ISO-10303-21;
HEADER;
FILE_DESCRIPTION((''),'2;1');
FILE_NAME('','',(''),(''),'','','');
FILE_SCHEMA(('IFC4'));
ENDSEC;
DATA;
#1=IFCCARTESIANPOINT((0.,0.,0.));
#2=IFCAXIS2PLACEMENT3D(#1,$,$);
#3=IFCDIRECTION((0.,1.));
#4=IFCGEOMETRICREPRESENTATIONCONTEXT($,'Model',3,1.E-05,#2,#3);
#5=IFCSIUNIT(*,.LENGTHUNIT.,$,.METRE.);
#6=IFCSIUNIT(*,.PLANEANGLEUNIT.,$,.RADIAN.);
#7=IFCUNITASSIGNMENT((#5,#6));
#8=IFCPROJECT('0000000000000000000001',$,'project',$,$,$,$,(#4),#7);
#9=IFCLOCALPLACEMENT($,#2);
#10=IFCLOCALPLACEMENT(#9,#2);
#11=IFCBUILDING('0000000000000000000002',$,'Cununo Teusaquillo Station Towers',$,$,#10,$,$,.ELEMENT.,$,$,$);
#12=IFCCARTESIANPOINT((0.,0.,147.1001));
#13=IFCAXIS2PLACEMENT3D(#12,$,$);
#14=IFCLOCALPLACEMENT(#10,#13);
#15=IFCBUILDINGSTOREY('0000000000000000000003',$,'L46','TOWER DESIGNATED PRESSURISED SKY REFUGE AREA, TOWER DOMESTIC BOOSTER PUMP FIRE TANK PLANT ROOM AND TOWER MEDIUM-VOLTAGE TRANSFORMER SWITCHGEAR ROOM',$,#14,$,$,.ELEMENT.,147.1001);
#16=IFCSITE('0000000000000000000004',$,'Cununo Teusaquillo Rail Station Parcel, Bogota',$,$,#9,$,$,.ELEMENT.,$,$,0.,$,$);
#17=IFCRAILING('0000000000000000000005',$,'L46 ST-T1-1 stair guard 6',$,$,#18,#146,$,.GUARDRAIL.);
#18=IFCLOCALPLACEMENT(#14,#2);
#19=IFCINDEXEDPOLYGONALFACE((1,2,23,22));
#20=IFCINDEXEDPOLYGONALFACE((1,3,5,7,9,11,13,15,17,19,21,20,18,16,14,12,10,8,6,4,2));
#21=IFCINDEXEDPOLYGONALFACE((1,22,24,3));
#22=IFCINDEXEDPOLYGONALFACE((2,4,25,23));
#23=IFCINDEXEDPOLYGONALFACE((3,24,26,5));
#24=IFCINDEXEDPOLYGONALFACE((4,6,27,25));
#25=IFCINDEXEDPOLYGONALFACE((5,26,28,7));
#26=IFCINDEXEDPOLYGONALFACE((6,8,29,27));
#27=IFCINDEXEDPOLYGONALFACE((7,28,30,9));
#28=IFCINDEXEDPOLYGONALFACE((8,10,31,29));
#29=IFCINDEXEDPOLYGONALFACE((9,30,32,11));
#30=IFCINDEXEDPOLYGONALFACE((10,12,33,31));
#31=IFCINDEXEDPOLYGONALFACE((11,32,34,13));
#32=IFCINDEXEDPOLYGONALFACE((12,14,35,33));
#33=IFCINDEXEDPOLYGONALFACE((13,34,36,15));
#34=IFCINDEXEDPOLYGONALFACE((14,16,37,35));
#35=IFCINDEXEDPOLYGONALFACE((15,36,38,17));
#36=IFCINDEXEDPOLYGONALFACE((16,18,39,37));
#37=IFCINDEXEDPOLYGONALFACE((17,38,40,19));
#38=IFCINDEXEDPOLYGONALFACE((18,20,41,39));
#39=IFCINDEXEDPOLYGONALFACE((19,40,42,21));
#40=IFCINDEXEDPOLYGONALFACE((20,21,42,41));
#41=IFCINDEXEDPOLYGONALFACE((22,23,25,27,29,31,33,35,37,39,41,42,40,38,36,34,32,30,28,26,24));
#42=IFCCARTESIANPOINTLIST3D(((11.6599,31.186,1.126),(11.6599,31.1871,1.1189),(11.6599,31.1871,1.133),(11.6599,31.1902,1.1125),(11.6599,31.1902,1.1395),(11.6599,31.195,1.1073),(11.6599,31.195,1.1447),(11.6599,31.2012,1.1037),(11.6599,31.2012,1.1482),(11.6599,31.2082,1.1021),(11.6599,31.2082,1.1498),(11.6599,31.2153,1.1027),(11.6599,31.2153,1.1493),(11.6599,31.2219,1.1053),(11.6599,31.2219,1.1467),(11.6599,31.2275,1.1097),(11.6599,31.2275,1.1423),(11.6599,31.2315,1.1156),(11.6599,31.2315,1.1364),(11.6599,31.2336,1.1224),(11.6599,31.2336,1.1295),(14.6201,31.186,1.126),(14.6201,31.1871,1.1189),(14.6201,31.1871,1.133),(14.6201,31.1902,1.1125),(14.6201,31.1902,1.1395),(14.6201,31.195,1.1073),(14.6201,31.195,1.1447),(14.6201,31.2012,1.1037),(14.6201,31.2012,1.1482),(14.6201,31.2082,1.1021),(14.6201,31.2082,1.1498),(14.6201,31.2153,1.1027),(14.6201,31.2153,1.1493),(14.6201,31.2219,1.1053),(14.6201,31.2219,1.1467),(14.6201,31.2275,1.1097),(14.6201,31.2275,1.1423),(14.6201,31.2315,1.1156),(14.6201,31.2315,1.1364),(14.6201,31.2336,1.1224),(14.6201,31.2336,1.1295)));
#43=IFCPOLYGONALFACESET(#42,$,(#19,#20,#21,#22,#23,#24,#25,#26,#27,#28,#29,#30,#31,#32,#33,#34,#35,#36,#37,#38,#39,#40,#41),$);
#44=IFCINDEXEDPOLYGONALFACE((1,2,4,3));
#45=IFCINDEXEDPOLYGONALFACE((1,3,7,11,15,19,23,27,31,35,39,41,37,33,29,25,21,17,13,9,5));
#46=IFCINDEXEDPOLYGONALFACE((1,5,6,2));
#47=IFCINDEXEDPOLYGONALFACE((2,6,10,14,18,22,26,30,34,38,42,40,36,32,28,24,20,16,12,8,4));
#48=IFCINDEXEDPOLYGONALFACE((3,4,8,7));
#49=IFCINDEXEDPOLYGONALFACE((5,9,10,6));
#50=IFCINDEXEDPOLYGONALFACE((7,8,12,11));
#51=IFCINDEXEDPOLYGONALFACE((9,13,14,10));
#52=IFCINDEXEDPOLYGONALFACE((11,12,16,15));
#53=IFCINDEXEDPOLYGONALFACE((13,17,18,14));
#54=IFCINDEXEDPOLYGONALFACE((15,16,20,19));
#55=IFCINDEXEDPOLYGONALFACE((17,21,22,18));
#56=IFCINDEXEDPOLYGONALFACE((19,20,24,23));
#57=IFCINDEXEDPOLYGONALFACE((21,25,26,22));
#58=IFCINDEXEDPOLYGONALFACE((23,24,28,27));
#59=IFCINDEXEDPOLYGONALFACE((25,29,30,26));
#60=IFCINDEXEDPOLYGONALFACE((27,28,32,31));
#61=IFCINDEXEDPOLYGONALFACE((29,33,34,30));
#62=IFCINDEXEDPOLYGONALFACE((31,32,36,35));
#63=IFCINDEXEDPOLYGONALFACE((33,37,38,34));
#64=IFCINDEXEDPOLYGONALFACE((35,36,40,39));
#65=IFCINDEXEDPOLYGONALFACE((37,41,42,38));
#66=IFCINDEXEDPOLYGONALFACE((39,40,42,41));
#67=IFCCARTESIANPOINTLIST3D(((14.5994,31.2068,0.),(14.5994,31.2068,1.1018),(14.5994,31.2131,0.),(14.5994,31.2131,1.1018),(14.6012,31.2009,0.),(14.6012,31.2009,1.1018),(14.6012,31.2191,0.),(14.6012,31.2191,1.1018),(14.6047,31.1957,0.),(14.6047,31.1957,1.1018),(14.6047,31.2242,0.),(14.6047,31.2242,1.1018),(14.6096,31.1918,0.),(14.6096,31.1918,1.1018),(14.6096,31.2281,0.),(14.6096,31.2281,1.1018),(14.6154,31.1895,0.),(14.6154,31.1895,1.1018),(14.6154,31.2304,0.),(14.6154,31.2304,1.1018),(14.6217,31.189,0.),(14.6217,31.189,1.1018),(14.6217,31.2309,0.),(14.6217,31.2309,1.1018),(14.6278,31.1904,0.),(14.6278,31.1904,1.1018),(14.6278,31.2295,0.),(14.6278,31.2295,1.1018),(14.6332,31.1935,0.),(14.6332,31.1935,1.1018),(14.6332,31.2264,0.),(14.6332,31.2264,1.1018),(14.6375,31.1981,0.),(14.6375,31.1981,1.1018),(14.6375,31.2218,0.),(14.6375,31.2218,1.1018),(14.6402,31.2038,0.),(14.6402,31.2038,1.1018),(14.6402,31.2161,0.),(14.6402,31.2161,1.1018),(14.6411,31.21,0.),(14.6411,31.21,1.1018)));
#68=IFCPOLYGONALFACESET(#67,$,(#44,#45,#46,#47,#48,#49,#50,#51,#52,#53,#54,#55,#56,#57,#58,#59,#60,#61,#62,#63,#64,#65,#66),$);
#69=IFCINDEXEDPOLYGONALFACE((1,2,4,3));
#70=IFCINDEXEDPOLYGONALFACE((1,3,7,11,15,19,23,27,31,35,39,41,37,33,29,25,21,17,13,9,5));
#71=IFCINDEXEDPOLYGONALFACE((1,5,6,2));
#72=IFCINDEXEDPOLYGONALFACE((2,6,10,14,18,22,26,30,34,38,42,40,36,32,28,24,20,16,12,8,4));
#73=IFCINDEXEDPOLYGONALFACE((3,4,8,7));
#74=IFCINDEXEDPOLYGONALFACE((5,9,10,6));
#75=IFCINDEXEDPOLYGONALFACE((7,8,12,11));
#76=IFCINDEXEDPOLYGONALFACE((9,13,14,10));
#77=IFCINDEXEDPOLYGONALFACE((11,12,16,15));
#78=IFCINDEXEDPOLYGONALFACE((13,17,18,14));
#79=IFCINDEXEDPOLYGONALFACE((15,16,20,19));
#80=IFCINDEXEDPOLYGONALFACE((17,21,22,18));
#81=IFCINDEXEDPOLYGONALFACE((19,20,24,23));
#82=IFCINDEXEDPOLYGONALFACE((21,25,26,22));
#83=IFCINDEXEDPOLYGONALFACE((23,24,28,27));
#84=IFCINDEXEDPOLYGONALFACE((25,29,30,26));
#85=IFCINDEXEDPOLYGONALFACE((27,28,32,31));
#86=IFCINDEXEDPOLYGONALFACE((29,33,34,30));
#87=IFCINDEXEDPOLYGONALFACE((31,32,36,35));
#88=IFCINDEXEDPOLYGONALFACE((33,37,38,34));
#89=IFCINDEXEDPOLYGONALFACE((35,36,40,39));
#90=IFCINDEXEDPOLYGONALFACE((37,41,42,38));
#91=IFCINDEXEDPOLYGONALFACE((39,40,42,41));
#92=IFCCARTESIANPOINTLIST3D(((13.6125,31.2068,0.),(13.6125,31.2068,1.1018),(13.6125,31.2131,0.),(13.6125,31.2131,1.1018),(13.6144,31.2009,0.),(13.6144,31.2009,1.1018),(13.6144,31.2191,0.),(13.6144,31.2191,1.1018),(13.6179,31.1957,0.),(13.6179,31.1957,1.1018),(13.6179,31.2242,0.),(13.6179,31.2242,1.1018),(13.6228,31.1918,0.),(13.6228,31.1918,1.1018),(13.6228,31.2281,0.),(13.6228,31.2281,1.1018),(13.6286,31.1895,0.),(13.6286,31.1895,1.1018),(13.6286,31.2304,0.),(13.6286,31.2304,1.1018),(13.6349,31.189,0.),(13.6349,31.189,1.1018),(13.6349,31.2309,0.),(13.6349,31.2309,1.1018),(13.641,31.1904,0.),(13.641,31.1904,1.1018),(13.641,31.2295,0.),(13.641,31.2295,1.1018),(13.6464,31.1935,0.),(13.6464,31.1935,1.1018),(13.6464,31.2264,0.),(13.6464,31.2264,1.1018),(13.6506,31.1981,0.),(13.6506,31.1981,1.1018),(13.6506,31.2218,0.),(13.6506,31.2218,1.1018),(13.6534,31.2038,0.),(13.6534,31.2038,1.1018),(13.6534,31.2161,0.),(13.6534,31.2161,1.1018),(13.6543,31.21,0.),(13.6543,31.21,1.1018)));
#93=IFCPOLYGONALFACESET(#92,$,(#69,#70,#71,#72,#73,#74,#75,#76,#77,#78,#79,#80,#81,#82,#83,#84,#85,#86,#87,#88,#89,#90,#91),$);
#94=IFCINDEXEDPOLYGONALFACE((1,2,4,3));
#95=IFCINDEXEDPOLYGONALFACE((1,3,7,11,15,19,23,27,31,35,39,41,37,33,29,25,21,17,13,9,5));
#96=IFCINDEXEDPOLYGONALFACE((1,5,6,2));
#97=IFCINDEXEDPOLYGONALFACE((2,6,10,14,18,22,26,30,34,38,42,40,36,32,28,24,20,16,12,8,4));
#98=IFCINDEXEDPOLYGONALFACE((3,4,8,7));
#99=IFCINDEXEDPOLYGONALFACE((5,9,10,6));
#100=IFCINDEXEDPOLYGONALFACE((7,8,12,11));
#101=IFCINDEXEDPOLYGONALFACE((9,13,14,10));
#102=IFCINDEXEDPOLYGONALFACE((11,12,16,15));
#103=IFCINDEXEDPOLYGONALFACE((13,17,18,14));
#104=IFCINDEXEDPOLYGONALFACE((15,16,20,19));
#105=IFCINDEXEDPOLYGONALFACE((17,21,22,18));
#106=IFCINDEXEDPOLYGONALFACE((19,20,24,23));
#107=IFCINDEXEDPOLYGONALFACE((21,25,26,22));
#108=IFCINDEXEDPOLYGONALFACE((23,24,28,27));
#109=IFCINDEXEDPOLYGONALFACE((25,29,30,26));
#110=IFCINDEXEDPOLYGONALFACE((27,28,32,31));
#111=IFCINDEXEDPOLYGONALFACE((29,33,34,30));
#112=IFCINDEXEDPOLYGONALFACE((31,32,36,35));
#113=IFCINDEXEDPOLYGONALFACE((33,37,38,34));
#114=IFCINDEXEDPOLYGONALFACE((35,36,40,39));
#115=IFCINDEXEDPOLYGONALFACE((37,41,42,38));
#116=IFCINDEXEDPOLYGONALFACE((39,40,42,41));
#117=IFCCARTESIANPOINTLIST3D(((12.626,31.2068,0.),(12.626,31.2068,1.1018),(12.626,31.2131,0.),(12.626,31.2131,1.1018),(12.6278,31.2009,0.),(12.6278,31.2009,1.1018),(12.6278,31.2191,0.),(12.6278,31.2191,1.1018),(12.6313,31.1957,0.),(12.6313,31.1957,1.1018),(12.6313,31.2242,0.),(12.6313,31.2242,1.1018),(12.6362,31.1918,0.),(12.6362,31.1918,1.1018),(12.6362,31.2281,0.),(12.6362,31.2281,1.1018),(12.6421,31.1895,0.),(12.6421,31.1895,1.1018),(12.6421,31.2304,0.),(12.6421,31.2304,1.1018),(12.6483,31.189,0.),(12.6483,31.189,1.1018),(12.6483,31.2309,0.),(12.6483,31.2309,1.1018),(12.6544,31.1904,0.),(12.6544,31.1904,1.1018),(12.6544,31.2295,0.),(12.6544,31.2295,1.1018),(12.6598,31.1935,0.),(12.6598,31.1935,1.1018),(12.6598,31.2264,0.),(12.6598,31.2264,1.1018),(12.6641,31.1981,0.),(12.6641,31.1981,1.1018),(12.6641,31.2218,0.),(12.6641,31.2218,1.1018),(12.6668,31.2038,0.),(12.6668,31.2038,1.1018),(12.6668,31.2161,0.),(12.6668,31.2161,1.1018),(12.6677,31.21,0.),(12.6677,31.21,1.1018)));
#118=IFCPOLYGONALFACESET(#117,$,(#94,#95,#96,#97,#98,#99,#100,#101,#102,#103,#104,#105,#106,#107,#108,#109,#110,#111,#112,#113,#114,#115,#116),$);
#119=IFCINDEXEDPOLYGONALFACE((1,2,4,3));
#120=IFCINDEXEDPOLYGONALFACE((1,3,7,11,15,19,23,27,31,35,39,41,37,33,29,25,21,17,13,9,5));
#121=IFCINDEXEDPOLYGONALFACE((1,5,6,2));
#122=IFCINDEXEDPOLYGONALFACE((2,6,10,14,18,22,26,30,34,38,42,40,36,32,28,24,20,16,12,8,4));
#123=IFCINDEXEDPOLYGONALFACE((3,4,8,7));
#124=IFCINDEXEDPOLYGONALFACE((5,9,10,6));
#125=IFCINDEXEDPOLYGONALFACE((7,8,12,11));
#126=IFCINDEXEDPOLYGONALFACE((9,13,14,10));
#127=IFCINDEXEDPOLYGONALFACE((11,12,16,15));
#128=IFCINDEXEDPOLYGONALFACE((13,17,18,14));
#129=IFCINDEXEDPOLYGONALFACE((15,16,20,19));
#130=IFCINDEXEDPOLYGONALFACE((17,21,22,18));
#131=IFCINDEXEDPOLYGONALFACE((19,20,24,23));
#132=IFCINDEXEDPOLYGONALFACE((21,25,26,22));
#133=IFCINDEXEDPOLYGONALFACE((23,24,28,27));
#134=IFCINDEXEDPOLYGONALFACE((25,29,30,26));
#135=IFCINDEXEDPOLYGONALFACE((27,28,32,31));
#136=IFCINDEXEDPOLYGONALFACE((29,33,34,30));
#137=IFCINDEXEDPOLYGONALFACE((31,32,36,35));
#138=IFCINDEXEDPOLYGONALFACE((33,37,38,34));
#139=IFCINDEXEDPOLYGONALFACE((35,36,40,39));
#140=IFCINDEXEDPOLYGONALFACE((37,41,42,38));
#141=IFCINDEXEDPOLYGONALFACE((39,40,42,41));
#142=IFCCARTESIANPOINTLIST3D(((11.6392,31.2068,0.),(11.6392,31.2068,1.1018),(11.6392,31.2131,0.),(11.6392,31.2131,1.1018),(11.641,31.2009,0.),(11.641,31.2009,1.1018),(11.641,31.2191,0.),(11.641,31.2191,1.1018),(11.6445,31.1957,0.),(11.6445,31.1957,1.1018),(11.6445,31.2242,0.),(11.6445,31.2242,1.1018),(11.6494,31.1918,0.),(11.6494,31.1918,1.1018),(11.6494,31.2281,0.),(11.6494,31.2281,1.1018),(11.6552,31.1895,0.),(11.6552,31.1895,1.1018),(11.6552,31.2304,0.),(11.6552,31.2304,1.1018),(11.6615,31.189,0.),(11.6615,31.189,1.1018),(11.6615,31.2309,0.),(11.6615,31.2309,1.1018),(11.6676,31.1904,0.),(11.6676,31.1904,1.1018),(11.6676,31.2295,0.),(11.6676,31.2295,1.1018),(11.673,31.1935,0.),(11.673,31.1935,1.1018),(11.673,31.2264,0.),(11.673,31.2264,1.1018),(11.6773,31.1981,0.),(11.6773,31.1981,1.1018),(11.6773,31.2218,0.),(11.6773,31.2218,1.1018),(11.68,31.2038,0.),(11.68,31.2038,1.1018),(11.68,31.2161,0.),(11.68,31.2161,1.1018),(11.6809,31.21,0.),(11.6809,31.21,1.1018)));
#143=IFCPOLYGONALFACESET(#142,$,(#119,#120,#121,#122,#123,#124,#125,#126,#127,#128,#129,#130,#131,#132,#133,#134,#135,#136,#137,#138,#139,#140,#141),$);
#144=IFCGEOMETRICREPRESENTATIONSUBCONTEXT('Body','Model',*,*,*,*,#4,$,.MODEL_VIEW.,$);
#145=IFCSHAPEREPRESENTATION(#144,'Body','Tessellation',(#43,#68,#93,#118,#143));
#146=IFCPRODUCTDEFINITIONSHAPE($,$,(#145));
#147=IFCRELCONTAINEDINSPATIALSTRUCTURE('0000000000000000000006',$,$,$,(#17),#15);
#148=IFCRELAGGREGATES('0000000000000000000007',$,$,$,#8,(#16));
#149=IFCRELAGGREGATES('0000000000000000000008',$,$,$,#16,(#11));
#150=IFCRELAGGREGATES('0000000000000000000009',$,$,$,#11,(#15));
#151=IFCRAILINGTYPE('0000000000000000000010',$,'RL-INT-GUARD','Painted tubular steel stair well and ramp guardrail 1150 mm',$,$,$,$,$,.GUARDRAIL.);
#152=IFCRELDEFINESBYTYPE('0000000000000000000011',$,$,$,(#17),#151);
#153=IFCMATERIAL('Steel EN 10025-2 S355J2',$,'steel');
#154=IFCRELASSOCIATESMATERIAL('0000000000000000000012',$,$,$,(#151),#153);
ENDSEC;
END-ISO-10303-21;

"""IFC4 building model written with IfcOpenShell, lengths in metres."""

from ifc_helpers import new_model, si_unit, direction, frame, origin, origin_2d, place, context, subcontext, project, spatial, circle, extrude, material, type_object, element, save


model = new_model("IFC4")

# Units and contexts
model_context = context("Model", 3, precision=1e-05, world=origin(), true_north=direction((0.0, 1.0)))
body_context = subcontext(model_context, "Body", "Model", "MODEL_VIEW")
ifc_project = project(units=[si_unit("LENGTHUNIT", "METRE"), si_unit("PLANEANGLEUNIT", "RADIAN")], contexts=[model_context])

# Site, building, storey
site_placement = place(None, origin())
site = spatial("IfcSite", under=ifc_project, at=site_placement, Name="Cununo Teusaquillo Rail Station Parcel, Bogota", CompositionType="ELEMENT", RefElevation=0.0)
building_placement = place(site_placement, origin())
building = spatial("IfcBuilding", under=site, at=building_placement, Name="Cununo Teusaquillo Station Towers", CompositionType="ELEMENT")
storey_placement = place(building_placement, frame((0.0, 0.0, 147.1001)))
storey = spatial("IfcBuildingStorey", under=building, at=storey_placement, Name="L46", Description="TOWER DESIGNATED PRESSURISED SKY REFUGE AREA, TOWER DOMESTIC BOOSTER PUMP FIRE TANK PLANT ROOM AND TOWER MEDIUM-VOLTAGE TRANSFORMER SWITCHGEAR ROOM", CompositionType="ELEMENT", Elevation=147.1001)

# Railing
ifc_material_1 = material(Name="Steel EN 10025-2 S355J2", Category="steel")
railing_type = type_object("IfcRailingType", Name="RL-INT-GUARD", Description="Painted tubular steel stair well and ramp guardrail 1150 mm", PredefinedType="GUARDRAIL", material=ifc_material_1)
railing_placement = place(storey_placement, frame((14.6201, 31.21, 0.0)))
element("IfcRailing", 1, at=railing_placement, inside=storey, type_object=railing_type, Name="L46 ST-T1-1 stair guard 6", PredefinedType="GUARDRAIL", context=body_context, shape_type="SweptSolid", body=[
    extrude(circle(Radius=0.0239, at=origin_2d()), frame((0.0, 0.0, 1.126), z_axis=(-1.0, 0.0, 0.0), x_axis=(0.0, -1.0, 0.0)), (0.0, 0.0, 1.0), 2.9602),
    extrude(circle(Radius=0.021, at=origin_2d()), origin(), (0.0, 0.0, 1.0), 1.1018),
    extrude(circle(Radius=0.021, at=origin_2d()), frame((-0.9868, 0.0, 0.0)), (0.0, 0.0, 1.0), 1.1018),
    extrude(circle(Radius=0.021, at=origin_2d()), frame((-1.9734, 0.0, 0.0)), (0.0, 0.0, 1.0), 1.1018),
    extrude(circle(Radius=0.021, at=origin_2d()), frame((-2.9602, 0.0, 0.0)), (0.0, 0.0, 1.0), 1.1018),
])

save(model, "model.ifc")
